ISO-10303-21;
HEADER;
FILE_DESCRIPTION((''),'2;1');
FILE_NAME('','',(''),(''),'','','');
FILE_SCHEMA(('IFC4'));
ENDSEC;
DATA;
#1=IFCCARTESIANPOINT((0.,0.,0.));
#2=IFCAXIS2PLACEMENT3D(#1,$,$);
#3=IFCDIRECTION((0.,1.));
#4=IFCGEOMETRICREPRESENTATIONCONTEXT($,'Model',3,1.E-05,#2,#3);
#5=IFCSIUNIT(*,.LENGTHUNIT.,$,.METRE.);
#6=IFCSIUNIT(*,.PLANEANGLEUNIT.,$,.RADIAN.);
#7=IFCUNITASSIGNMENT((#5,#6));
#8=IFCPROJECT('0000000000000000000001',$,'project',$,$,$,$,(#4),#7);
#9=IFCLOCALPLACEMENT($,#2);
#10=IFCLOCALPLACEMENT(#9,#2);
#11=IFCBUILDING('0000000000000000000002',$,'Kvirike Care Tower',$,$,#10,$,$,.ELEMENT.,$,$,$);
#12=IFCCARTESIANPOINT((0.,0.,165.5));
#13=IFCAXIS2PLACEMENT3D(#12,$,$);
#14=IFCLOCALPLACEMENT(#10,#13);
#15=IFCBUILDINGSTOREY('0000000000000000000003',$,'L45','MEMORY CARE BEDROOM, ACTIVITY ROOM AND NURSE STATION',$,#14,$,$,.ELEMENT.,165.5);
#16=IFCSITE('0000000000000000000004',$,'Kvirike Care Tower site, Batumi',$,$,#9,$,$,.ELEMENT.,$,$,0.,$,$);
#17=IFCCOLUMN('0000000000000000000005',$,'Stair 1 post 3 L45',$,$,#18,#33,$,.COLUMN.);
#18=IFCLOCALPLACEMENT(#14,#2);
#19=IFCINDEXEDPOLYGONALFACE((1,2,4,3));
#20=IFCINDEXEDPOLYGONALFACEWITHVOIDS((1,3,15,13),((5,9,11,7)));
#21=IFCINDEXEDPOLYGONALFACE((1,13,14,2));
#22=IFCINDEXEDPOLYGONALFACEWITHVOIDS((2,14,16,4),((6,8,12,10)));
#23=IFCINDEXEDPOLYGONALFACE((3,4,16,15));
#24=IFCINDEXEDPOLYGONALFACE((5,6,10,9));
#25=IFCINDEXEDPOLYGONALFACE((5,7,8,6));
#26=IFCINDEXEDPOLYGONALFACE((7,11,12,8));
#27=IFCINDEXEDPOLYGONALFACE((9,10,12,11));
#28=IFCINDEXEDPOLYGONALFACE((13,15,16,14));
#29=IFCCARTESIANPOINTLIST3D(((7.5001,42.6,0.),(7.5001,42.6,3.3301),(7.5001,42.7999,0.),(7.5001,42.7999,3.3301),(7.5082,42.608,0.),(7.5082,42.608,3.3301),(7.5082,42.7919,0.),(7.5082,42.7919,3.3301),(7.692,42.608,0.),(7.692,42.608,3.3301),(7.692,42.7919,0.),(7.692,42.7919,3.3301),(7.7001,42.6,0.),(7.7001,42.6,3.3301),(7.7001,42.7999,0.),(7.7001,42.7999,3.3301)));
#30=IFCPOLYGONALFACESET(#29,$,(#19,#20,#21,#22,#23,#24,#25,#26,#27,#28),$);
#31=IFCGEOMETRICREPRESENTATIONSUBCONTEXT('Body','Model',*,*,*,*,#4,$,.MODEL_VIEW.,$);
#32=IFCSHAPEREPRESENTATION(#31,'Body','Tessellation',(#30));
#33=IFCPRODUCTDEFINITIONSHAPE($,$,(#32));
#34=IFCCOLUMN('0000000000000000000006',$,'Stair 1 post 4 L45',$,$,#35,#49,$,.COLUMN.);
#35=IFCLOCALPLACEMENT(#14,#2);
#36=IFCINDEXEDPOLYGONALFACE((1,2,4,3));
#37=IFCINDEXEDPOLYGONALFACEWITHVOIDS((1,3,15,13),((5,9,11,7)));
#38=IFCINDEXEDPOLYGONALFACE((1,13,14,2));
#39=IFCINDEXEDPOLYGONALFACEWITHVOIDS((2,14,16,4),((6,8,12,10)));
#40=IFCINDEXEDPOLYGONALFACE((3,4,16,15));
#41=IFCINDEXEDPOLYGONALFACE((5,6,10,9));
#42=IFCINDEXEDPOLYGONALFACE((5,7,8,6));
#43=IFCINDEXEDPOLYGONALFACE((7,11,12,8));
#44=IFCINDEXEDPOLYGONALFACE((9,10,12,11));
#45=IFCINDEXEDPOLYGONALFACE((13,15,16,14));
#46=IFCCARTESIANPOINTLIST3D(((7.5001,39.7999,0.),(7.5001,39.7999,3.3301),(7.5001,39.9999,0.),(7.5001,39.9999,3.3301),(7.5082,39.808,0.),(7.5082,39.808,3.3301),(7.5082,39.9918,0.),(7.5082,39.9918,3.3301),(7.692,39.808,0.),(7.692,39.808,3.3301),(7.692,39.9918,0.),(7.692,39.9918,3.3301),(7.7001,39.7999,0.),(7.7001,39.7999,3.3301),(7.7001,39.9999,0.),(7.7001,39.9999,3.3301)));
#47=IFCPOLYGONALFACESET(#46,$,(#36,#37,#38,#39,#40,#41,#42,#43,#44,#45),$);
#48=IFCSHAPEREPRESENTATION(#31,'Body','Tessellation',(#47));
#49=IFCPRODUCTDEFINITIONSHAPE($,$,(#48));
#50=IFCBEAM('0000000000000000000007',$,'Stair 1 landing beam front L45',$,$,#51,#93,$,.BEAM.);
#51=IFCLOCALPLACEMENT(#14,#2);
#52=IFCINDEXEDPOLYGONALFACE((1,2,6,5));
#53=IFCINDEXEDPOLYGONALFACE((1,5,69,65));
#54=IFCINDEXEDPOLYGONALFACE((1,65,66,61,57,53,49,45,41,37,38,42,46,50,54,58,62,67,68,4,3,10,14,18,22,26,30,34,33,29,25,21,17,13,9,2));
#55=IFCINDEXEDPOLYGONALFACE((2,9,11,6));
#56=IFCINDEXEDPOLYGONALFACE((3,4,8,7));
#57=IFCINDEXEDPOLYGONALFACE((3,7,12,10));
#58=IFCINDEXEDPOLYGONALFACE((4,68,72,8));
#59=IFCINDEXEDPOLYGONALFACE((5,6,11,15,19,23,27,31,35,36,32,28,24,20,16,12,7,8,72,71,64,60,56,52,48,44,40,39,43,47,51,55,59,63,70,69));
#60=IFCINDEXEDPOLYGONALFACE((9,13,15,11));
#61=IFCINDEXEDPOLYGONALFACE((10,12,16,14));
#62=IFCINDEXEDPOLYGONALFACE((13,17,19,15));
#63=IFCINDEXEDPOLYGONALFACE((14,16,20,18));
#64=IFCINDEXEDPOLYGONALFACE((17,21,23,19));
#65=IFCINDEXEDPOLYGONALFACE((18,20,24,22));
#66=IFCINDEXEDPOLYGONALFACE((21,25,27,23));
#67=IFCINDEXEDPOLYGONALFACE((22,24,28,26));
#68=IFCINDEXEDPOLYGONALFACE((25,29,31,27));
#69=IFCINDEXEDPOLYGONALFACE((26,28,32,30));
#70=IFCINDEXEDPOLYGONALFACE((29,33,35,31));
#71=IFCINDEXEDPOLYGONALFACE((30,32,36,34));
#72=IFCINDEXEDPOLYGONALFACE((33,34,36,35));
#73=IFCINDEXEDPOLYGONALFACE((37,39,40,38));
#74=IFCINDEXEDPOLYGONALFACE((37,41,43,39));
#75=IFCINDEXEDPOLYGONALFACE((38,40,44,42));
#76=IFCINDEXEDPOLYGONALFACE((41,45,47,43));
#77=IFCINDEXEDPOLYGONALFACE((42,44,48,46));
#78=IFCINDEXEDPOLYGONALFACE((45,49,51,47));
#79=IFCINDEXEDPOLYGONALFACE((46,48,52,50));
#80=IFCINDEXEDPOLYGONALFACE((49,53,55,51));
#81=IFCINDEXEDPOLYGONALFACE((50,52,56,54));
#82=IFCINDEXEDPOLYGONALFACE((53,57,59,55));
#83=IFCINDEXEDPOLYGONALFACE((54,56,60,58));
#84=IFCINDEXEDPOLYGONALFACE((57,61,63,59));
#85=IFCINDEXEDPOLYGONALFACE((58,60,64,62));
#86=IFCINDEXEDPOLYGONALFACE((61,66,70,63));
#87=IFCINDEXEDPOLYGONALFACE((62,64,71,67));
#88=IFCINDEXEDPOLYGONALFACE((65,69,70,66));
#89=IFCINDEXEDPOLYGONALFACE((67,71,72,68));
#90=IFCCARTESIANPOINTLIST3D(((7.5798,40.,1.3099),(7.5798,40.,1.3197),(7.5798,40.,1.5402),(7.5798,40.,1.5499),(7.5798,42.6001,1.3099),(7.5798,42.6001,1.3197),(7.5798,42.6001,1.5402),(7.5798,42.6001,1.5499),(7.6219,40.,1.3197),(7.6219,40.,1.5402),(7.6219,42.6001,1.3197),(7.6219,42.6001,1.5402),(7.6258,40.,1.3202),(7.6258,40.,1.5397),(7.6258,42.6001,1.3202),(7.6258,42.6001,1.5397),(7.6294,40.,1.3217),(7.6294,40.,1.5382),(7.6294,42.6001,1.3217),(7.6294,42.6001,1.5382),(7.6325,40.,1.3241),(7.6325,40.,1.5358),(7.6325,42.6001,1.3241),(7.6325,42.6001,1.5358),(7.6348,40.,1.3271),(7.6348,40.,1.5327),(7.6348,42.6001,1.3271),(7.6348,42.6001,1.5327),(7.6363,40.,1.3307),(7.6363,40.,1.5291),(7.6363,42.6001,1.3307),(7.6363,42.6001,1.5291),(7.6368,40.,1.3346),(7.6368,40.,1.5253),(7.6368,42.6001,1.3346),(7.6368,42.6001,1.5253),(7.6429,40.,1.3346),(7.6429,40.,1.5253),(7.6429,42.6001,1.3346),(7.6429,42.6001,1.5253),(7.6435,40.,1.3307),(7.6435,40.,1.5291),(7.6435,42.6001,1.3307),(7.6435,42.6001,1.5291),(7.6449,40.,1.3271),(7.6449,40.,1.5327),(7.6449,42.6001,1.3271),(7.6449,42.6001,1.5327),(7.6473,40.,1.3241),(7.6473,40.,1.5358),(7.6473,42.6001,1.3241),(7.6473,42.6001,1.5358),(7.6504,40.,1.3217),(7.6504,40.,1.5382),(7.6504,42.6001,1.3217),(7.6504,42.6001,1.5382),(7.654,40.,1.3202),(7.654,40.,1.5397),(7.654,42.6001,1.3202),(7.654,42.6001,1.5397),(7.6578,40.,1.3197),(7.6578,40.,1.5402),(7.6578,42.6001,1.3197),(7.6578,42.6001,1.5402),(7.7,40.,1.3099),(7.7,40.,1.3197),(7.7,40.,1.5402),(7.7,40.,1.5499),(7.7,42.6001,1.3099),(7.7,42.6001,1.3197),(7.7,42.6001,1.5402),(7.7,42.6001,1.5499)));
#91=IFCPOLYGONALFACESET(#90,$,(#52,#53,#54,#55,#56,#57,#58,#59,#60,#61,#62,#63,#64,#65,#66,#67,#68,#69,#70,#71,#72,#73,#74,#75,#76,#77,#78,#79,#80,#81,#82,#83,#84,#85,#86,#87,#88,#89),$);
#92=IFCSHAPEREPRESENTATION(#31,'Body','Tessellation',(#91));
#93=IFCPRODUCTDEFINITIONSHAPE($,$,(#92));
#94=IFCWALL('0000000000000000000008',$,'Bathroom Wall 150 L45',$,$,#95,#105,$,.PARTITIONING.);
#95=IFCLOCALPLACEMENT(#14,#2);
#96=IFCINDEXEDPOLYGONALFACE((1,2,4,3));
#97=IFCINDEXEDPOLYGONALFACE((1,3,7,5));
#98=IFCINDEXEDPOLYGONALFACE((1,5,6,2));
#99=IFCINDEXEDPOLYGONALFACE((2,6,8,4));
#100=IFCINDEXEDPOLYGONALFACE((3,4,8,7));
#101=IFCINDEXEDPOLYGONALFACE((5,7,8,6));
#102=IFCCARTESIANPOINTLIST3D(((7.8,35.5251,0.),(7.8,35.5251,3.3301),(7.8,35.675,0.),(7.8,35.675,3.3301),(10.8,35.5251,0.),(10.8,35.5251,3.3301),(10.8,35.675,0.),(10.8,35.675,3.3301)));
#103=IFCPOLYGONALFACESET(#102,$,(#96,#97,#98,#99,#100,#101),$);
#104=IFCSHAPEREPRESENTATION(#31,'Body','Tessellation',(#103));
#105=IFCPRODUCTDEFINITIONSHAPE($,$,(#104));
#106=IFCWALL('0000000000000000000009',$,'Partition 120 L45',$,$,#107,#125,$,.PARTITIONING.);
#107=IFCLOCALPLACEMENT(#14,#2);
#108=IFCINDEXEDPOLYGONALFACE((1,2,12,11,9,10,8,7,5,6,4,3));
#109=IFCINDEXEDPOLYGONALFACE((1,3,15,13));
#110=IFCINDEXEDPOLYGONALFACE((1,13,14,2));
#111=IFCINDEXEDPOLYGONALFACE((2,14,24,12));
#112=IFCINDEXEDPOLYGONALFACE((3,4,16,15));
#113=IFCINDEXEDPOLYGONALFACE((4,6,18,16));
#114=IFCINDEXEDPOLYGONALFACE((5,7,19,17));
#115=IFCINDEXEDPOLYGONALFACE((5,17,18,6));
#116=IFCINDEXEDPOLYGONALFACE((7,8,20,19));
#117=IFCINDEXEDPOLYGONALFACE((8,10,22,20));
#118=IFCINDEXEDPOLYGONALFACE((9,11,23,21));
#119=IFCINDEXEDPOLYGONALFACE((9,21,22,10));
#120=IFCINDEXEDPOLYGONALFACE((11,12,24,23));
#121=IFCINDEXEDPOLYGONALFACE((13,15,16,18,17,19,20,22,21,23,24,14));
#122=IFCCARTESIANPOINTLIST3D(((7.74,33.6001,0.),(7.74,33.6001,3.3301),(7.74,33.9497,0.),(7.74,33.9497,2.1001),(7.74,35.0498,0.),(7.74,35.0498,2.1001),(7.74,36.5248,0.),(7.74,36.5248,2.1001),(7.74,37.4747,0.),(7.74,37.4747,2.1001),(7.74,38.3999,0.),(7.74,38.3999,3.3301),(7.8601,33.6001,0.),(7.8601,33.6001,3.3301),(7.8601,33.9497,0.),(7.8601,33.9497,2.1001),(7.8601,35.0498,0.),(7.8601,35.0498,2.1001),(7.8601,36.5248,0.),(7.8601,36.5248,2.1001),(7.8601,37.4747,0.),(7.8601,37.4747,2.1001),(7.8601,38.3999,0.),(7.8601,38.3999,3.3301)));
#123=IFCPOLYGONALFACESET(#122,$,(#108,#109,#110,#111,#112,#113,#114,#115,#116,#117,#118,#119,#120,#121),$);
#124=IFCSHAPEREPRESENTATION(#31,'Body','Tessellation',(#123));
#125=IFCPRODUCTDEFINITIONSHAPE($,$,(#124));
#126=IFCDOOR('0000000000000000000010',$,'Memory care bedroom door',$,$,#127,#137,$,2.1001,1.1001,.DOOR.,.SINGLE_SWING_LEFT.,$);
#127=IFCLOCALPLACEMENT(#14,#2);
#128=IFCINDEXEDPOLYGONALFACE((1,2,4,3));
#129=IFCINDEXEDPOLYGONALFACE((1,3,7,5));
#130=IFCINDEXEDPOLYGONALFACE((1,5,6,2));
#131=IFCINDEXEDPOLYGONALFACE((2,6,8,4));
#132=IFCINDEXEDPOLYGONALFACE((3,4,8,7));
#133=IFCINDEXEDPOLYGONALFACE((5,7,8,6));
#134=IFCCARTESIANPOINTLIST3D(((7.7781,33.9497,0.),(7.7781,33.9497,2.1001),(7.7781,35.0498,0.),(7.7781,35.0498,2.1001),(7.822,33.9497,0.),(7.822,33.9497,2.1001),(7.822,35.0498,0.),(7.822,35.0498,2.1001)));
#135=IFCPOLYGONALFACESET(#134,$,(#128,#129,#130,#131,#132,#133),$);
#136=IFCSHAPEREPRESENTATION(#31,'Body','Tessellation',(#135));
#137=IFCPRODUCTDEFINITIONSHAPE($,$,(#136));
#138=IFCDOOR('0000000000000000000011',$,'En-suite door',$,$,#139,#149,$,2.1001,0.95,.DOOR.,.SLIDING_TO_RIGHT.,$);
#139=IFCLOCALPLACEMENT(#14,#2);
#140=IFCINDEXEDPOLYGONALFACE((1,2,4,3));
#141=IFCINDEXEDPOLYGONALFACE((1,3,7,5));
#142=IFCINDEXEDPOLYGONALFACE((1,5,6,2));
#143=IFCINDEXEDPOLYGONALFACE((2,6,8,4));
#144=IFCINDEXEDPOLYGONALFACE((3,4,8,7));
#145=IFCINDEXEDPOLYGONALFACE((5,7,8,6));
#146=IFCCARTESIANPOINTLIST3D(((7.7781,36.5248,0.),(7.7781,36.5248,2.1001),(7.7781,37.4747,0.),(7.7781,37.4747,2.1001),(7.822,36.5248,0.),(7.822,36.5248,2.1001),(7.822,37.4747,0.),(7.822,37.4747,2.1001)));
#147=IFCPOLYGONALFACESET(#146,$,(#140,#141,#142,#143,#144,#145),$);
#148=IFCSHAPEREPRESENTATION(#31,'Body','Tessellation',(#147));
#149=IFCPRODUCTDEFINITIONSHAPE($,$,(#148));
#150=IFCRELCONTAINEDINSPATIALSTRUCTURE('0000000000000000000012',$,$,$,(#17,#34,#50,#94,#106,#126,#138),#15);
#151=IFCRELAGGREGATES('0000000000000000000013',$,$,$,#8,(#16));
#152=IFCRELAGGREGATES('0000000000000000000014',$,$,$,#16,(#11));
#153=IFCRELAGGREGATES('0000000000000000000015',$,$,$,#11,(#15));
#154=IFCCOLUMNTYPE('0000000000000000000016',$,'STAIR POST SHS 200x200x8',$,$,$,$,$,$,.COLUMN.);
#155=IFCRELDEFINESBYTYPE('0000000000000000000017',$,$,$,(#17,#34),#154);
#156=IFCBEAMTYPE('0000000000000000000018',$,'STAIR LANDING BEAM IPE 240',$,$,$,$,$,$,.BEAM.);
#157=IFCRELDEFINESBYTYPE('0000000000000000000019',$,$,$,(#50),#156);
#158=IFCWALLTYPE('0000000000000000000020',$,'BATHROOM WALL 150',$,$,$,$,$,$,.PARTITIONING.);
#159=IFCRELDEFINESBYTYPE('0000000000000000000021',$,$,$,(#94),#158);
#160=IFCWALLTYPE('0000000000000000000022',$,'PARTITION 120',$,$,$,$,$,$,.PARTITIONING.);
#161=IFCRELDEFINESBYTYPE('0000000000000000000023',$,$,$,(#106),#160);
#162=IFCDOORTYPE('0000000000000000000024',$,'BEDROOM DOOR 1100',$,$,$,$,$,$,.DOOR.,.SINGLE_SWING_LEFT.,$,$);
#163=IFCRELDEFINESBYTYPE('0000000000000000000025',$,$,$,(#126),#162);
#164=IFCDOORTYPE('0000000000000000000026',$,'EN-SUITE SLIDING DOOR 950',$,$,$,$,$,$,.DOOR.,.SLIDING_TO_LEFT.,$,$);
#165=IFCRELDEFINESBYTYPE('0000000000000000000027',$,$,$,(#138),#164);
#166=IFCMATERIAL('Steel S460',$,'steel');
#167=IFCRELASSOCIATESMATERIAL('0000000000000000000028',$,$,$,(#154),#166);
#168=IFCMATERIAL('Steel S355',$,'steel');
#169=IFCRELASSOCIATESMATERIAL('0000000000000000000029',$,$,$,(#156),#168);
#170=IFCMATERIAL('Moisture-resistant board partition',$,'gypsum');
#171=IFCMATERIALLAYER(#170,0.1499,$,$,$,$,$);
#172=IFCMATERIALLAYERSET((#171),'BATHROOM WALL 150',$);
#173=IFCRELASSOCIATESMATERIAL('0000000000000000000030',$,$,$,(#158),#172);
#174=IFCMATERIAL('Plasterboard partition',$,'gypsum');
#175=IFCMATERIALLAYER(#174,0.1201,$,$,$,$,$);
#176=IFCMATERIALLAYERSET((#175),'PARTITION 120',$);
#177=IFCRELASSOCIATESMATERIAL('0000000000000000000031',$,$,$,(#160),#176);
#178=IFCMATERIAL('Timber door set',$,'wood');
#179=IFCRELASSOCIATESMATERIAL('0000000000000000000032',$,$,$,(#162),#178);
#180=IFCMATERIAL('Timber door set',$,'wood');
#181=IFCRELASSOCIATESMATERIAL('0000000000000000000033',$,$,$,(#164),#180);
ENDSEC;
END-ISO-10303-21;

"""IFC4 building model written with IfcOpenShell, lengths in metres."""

from ifc_helpers import new_model, si_unit, direction, frame, frame_2d, origin, origin_2d, place, context, subcontext, project, spatial, rectangle, hollow_rectangle, i_section, extrude, material, layer, layer_set, material_profile, profile_set, type_object, element, fill, save


model = new_model("IFC4")

# Units and contexts
model_context = context("Model", 3, precision=1e-05, world=origin(), true_north=direction((0.0, 1.0)))
body_context = subcontext(model_context, "Body", "Model", "MODEL_VIEW")
ifc_project = project(units=[si_unit("LENGTHUNIT", "METRE"), si_unit("PLANEANGLEUNIT", "RADIAN")], contexts=[model_context])

# Site, building, storey
site_placement = place(None, origin())
site = spatial("IfcSite", under=ifc_project, at=site_placement, Name="Kvirike Care Tower site, Batumi", CompositionType="ELEMENT", RefElevation=0.0)
building_placement = place(site_placement, origin())
building = spatial("IfcBuilding", under=site, at=building_placement, Name="Kvirike Care Tower", CompositionType="ELEMENT")
storey_placement = place(building_placement, frame((0.0, 0.0, 165.5)))
storey = spatial("IfcBuildingStorey", under=building, at=storey_placement, Name="L45", Description="MEMORY CARE BEDROOM, ACTIVITY ROOM AND NURSE STATION", CompositionType="ELEMENT", Elevation=165.5)

# Columns
ifc_material_1 = material(Name="Steel S460", Category="steel")
ifc_material_profile_1 = material_profile(ifc_material_1, hollow_rectangle(XDim=0.2, YDim=0.2, WallThickness=0.0081, at=origin_2d()), Name="SHS 200x200x8")
ifc_profile_set_1 = profile_set([ifc_material_profile_1], Name="Steel S460")
column_type = type_object("IfcColumnType", Name="STAIR POST SHS 200x200x8", PredefinedType="COLUMN", material=ifc_profile_set_1)
for number, where, z_axis, x_axis, name in (
    (1, (7.6001, 42.7, 0.0), (0.0, 0.0, 1.0), (1.0, 0.0, 0.0), "Stair 1 post 3 L45"),
    (2, (7.6001, 39.8999, 0.0), (0.0, 0.0, 1.0), (1.0, 0.0, 0.0), "Stair 1 post 4 L45"),
):
    element("IfcColumn", number, at=place(storey_placement, frame(where, z_axis=z_axis, x_axis=x_axis)), inside=storey, type_object=column_type, Name=name, PredefinedType="COLUMN", context=body_context, shape_type="SweptSolid", body=[
        extrude(hollow_rectangle(XDim=0.2, YDim=0.2, WallThickness=0.0081, at=origin_2d()), origin(), (0.0, 0.0, 1.0), 3.3301),
    ])

# Beam
ifc_material_2 = material(Name="Steel S355", Category="steel")
ifc_material_profile_2 = material_profile(ifc_material_2, i_section(OverallWidth=0.1201, OverallDepth=0.24, WebThickness=0.0061, FlangeThickness=0.0098, FilletRadius=0.0149, at=origin_2d()), Name="IPE 240")
ifc_profile_set_2 = profile_set([ifc_material_profile_2], Name="Steel S355")
beam_type = type_object("IfcBeamType", Name="STAIR LANDING BEAM IPE 240", PredefinedType="BEAM", material=ifc_profile_set_2)
beam_placement = place(storey_placement, frame((7.6399, 42.6001, 1.4299), z_axis=(0.0, -1.0, 0.0), x_axis=(1.0, 0.0, 0.0)))
element("IfcBeam", 3, at=beam_placement, inside=storey, type_object=beam_type, Name="Stair 1 landing beam front L45", PredefinedType="BEAM", context=body_context, shape_type="SweptSolid", body=[
    extrude(i_section(OverallWidth=0.1201, OverallDepth=0.24, WebThickness=0.0061, FlangeThickness=0.0098, FilletRadius=0.0149, at=origin_2d()), origin(), (0.0, 0.0, 1.0), 2.6001),
])

# Wall
ifc_material_3 = material(Name="Moisture-resistant board partition", Category="gypsum")
ifc_layer_1 = layer(ifc_material_3, 0.1499)
ifc_layer_set_1 = layer_set([ifc_layer_1], Name="BATHROOM WALL 150")
wall_type_1 = type_object("IfcWallType", Name="BATHROOM WALL 150", PredefinedType="PARTITIONING", material=ifc_layer_set_1)
wall_1_placement = place(storey_placement, frame((7.8, 35.6001, 0.0), z_axis=(0.0, 0.0, 1.0), x_axis=(1.0, 0.0, 0.0)))
element("IfcWall", 4, at=wall_1_placement, inside=storey, type_object=wall_type_1, Name="Bathroom Wall 150 L45", PredefinedType="PARTITIONING", context=body_context, shape_type="SweptSolid", body=[
    extrude(rectangle(XDim=3.0, YDim=0.1499, at=frame_2d((1.5, 0.0))), origin(), (0.0, 0.0, 1.0), 3.3301),
])

# Wall, openings, doors
ifc_material_4 = material(Name="Plasterboard partition", Category="gypsum")
ifc_layer_2 = layer(ifc_material_4, 0.1201)
ifc_layer_set_2 = layer_set([ifc_layer_2], Name="PARTITION 120")
wall_type_2 = type_object("IfcWallType", Name="PARTITION 120", PredefinedType="PARTITIONING", material=ifc_layer_set_2)
wall_2_placement = place(storey_placement, frame((7.8, 38.3999, 0.0), z_axis=(0.0, 0.0, 1.0), x_axis=(0.0, -1.0, 0.0)))
wall_2 = element("IfcWall", 5, at=wall_2_placement, inside=storey, type_object=wall_type_2, Name="Partition 120 L45", PredefinedType="PARTITIONING", context=body_context, shape_type="SweptSolid", body=[
    extrude(rectangle(XDim=4.7998, YDim=0.1201, at=frame_2d((2.3999, 0.0))), origin(), (0.0, 0.0, 1.0), 3.3301),
])
opening_1_placement = place(wall_2_placement, frame((3.3501, 0.0, 0.0)))
opening_1 = element("IfcOpeningElement", 6, at=opening_1_placement, cuts=wall_2, PredefinedType="OPENING", context=body_context, shape_type="SweptSolid", body=[
    extrude(rectangle(XDim=1.1001, YDim=2.1001, at=frame_2d((0.55, 1.05))), frame((0.0, 0.0706, 0.0), z_axis=(0.0, -1.0, 0.0), x_axis=(1.0, 0.0, 0.0)), (0.0, 0.0, 1.0), 0.1411),
])
opening_2_placement = place(wall_2_placement, frame((0.925, 0.0, 0.0)))
opening_2 = element("IfcOpeningElement", 7, at=opening_2_placement, cuts=wall_2, PredefinedType="OPENING", context=body_context, shape_type="SweptSolid", body=[
    extrude(rectangle(XDim=0.95, YDim=2.1001, at=frame_2d((0.4751, 1.05))), frame((0.0, 0.0706, 0.0), z_axis=(0.0, -1.0, 0.0), x_axis=(1.0, 0.0, 0.0)), (0.0, 0.0, 1.0), 0.1411),
])
ifc_material_5 = material(Name="Timber door set", Category="wood")
door_type_1 = type_object("IfcDoorType", Name="BEDROOM DOOR 1100", OperationType="SINGLE_SWING_LEFT", PredefinedType="DOOR", material=ifc_material_5)
door_1_placement = place(opening_1_placement, origin())
door_1 = element("IfcDoor", 8, at=door_1_placement, inside=storey, type_object=door_type_1, Name="Memory care bedroom door", OperationType="SINGLE_SWING_LEFT", OverallHeight=2.1001, OverallWidth=1.1001, PredefinedType="DOOR", context=body_context, shape_type="SweptSolid", body=[
    extrude(rectangle(XDim=1.1001, YDim=2.1001, at=frame_2d((0.55, 1.05))), frame((0.0, 0.022, 0.0), z_axis=(0.0, -1.0, 0.0), x_axis=(1.0, 0.0, 0.0)), (0.0, 0.0, 1.0), 0.0439),
])
fill(opening_1, door_1)
ifc_material_6 = material(Name="Timber door set", Category="wood")
door_type_2 = type_object("IfcDoorType", Name="EN-SUITE SLIDING DOOR 950", OperationType="SLIDING_TO_LEFT", PredefinedType="DOOR", material=ifc_material_6)
door_2_placement = place(opening_2_placement, origin())
door_2 = element("IfcDoor", 9, at=door_2_placement, inside=storey, type_object=door_type_2, Name="En-suite door", OperationType="SLIDING_TO_RIGHT", OverallHeight=2.1001, OverallWidth=0.95, PredefinedType="DOOR", context=body_context, shape_type="SweptSolid", body=[
    extrude(rectangle(XDim=0.95, YDim=2.1001, at=frame_2d((0.4751, 1.05))), frame((0.0, 0.022, 0.0), z_axis=(0.0, -1.0, 0.0), x_axis=(1.0, 0.0, 0.0)), (0.0, 0.0, 1.0), 0.0439),
])
fill(opening_2, door_2)

save(model, "model.ifc")
